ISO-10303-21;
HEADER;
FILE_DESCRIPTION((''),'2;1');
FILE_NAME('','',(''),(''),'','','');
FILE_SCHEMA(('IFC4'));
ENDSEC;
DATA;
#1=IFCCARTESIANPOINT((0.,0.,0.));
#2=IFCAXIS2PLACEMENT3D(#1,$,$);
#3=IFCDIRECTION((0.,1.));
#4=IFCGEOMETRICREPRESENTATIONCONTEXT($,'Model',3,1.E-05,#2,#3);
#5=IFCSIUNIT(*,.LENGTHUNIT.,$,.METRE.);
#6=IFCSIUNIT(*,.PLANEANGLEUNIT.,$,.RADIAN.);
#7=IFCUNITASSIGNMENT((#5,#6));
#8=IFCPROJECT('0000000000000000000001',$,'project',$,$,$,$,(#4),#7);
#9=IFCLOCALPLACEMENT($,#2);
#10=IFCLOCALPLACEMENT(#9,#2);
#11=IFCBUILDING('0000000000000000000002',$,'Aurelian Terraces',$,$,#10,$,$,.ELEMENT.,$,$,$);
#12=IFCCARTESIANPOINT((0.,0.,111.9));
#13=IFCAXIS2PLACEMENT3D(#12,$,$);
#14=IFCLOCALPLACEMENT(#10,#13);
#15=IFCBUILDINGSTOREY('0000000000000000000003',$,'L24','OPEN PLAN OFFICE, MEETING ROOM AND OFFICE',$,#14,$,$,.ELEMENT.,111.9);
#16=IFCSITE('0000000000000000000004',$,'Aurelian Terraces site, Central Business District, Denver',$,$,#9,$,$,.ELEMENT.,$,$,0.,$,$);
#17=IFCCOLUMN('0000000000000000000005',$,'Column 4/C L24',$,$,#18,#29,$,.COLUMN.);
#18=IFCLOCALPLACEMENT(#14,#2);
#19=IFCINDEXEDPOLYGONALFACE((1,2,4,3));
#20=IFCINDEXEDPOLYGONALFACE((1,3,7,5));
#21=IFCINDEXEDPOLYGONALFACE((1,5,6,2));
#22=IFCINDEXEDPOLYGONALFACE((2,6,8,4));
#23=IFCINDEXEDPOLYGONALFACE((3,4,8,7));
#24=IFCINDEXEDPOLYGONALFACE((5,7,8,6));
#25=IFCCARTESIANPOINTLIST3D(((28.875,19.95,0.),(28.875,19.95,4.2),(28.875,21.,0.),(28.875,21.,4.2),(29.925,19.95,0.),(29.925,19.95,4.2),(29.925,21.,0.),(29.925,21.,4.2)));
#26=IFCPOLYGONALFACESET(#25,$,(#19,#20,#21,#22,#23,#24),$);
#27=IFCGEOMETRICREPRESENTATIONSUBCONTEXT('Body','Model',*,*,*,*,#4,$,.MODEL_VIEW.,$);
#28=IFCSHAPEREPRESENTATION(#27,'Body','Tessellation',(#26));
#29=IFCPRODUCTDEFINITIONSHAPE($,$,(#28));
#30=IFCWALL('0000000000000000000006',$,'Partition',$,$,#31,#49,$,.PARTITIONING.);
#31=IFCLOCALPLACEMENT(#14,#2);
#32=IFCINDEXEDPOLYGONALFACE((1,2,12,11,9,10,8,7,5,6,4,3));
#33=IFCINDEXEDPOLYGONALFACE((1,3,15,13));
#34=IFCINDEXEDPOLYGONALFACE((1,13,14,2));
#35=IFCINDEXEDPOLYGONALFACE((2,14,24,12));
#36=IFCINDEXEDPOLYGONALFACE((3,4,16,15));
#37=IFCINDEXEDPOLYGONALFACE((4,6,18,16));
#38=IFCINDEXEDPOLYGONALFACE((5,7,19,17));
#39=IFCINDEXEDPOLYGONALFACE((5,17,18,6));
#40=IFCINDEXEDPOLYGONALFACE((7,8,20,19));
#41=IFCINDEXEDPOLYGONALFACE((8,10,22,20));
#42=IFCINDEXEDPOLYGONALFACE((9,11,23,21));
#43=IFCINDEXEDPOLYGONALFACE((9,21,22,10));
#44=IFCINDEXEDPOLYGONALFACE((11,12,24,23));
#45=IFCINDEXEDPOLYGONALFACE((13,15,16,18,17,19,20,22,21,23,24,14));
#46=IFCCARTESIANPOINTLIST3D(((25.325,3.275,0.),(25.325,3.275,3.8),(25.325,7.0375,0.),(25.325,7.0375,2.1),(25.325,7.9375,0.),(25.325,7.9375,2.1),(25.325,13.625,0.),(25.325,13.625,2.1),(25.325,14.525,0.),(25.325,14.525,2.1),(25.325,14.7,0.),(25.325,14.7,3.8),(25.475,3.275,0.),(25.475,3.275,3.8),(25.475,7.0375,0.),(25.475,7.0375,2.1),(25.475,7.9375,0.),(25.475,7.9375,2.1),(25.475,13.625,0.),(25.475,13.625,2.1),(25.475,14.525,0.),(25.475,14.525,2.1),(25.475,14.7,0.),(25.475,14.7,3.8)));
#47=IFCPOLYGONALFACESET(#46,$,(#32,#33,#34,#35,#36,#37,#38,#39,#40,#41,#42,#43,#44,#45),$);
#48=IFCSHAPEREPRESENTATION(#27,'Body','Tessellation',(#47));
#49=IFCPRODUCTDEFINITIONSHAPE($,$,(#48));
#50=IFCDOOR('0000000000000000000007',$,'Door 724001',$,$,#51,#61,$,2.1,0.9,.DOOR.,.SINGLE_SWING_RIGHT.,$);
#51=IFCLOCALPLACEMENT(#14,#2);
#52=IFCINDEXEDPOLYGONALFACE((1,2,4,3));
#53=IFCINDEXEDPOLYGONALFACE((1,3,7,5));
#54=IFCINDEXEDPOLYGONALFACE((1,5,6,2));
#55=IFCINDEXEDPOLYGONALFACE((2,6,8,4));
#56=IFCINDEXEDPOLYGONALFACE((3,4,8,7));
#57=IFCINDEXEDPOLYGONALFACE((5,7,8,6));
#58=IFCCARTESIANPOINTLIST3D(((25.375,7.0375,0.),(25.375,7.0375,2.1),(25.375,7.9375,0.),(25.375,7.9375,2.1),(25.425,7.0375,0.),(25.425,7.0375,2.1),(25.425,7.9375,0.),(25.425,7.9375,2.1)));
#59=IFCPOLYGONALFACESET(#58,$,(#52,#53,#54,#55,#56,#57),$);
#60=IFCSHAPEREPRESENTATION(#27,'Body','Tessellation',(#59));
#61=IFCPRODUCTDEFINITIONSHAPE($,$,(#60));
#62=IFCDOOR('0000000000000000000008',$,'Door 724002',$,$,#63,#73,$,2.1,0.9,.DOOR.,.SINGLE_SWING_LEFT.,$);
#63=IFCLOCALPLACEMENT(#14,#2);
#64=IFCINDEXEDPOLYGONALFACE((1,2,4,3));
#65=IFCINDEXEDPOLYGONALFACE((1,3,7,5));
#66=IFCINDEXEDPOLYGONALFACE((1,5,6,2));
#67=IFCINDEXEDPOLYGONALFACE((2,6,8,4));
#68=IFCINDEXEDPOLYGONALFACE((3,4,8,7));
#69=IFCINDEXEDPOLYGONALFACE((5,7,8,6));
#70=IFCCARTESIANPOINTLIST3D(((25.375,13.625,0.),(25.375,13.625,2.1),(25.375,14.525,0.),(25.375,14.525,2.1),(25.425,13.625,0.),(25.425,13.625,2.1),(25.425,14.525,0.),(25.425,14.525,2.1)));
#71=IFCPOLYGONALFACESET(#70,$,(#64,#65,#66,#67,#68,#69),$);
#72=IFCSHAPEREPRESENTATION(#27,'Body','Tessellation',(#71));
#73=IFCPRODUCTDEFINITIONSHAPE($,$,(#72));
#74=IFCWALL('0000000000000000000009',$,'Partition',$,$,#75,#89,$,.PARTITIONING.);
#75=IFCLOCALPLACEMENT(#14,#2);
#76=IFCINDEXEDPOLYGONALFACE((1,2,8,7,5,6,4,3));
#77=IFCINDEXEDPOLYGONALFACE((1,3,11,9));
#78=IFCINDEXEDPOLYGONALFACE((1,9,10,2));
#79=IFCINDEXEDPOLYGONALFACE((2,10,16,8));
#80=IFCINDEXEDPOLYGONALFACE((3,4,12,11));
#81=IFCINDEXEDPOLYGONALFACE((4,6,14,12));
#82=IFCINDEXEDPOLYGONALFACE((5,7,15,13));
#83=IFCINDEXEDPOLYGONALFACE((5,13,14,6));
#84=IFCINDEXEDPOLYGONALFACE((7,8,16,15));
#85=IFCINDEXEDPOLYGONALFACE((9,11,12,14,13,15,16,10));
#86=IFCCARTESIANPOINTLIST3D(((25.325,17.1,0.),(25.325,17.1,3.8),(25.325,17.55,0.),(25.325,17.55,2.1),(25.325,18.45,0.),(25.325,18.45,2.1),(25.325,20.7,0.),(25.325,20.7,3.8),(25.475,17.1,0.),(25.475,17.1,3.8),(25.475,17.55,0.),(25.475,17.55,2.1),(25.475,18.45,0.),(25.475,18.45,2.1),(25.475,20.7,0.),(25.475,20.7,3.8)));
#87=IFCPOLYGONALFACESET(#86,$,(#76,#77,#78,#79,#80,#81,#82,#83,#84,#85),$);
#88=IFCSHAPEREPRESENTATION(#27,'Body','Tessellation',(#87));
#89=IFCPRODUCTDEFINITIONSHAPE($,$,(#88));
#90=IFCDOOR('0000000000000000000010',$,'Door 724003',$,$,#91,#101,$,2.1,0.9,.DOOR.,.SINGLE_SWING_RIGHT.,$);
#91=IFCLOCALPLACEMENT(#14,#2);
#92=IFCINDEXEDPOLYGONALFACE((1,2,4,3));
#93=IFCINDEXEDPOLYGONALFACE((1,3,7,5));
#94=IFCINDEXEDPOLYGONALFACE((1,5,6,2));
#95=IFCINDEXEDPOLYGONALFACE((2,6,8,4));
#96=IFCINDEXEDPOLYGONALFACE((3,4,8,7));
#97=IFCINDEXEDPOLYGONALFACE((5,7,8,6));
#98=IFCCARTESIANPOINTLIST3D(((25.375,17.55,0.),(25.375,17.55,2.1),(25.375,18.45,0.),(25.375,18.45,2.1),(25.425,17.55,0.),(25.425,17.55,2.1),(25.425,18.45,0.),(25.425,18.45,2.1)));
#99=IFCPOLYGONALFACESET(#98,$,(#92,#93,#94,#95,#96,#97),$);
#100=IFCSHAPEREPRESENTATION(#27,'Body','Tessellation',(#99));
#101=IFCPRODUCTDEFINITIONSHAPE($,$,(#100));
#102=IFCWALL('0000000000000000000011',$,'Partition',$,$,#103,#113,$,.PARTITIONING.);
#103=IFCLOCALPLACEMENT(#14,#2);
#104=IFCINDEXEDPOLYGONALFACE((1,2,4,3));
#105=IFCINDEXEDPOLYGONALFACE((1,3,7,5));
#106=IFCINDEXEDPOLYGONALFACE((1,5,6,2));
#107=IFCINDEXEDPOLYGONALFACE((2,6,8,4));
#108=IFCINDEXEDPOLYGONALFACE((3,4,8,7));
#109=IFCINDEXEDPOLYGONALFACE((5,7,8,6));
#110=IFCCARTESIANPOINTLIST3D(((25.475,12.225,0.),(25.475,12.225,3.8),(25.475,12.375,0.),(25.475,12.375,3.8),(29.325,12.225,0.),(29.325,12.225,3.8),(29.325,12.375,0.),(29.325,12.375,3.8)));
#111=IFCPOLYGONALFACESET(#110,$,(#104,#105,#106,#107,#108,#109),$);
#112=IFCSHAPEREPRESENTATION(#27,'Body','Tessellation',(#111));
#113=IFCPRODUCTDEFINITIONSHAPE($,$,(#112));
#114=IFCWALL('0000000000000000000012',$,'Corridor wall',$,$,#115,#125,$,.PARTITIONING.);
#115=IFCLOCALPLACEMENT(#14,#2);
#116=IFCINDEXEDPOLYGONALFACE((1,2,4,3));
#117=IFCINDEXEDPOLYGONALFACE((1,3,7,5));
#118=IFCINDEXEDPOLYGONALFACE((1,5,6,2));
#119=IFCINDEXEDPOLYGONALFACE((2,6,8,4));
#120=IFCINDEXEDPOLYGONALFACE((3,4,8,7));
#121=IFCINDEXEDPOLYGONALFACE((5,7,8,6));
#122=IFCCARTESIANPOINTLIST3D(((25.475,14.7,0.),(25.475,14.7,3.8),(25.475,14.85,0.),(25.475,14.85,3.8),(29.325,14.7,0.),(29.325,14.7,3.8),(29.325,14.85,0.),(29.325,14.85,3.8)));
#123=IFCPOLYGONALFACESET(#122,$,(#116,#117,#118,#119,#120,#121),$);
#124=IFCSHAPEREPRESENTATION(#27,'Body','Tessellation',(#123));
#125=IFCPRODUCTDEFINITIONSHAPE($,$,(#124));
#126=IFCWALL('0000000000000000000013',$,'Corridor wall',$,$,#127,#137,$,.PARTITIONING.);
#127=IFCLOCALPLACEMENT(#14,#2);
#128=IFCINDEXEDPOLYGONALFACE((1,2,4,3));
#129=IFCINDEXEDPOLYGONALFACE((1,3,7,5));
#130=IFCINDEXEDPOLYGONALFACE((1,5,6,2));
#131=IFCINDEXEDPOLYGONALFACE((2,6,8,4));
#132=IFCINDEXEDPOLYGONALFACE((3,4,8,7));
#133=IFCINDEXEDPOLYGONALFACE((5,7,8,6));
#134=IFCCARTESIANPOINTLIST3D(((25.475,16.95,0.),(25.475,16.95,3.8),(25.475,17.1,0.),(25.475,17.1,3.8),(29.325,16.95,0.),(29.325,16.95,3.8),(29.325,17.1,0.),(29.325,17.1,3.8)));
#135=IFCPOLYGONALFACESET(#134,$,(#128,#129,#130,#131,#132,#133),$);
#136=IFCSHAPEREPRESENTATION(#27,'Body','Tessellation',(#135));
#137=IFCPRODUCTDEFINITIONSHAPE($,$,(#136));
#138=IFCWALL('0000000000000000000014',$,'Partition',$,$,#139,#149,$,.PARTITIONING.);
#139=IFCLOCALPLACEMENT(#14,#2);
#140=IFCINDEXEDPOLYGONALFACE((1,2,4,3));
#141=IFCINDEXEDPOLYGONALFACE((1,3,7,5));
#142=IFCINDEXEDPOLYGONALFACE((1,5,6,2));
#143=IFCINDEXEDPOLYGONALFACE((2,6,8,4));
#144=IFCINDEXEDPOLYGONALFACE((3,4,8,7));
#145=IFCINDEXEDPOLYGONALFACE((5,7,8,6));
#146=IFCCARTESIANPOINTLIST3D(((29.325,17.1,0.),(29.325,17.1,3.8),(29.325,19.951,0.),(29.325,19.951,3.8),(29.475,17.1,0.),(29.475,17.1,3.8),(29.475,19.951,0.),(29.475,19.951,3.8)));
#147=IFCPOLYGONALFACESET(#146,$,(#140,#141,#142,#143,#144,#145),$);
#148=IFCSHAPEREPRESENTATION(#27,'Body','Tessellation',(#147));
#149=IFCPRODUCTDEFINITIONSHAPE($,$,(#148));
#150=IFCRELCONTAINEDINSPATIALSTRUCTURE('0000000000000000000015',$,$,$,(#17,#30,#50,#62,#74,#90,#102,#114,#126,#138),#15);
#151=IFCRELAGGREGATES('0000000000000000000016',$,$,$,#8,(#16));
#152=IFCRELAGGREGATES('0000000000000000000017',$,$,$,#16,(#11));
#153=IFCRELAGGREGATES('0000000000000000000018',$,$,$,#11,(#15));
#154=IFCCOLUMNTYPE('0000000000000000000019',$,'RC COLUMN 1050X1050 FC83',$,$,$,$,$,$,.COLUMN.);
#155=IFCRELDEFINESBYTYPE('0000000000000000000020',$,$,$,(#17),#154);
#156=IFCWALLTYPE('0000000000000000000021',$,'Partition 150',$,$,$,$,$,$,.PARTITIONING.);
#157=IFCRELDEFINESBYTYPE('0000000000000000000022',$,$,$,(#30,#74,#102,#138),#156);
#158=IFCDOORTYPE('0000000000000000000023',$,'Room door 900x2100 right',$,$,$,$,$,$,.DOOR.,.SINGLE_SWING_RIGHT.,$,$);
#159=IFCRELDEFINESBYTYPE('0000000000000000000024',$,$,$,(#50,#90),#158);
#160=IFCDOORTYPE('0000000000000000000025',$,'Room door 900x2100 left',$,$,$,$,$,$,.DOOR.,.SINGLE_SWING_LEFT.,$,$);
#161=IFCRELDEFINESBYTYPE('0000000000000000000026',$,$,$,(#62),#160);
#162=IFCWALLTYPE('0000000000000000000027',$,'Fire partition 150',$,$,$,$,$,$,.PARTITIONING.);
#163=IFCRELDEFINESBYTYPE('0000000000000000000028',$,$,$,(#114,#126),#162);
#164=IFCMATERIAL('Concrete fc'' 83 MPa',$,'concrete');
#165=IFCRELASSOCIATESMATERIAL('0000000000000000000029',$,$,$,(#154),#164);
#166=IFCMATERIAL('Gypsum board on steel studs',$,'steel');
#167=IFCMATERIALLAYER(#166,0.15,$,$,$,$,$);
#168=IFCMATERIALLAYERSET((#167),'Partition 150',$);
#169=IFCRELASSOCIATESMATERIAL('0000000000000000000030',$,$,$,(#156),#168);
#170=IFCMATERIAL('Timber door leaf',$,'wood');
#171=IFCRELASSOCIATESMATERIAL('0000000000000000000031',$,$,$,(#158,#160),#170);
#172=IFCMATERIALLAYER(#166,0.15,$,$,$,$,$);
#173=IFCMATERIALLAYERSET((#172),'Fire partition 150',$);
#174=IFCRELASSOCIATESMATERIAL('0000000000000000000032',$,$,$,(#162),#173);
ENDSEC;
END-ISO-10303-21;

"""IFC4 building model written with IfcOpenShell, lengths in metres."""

from ifc_helpers import new_model, si_unit, direction, frame, frame_2d, origin, origin_2d, place, context, subcontext, project, spatial, rectangle, extrude, source, transform, mapped, material, layer, layer_set, material_profile, profile_set, type_object, element, fill, save


model = new_model("IFC4")

# Units and contexts
model_context = context("Model", 3, precision=1e-05, world=origin(), true_north=direction((0.0, 1.0)))
body_context = subcontext(model_context, "Body", "Model", "MODEL_VIEW")
ifc_project = project(units=[si_unit("LENGTHUNIT", "METRE"), si_unit("PLANEANGLEUNIT", "RADIAN")], contexts=[model_context])

# Site, building, storey
site_placement = place(None, origin())
site = spatial("IfcSite", under=ifc_project, at=site_placement, Name="Aurelian Terraces site, Central Business District, Denver", CompositionType="ELEMENT", RefElevation=0.0)
building_placement = place(site_placement, origin())
building = spatial("IfcBuilding", under=site, at=building_placement, Name="Aurelian Terraces", CompositionType="ELEMENT")
storey_placement = place(building_placement, frame((0.0, 0.0, 111.9)))
storey = spatial("IfcBuildingStorey", under=building, at=storey_placement, Name="L24", Description="OPEN PLAN OFFICE, MEETING ROOM AND OFFICE", CompositionType="ELEMENT", Elevation=111.9)

# Column
ifc_material_1 = material(Name="Concrete fc' 83 MPa", Category="concrete")
ifc_material_profile = material_profile(ifc_material_1, rectangle(XDim=1.05, YDim=1.05, at=origin_2d()))
ifc_profile_set = profile_set([ifc_material_profile], Name="Concrete fc' 83 MPa")
column_type = type_object("IfcColumnType", Name="RC COLUMN 1050X1050 FC83", PredefinedType="COLUMN", material=ifc_profile_set)
shared_shape_1 = source(origin(), body_context, "Body", "SweptSolid", [
    extrude(rectangle(XDim=1.05, YDim=1.05, at=origin_2d()), origin(), (0.0, 0.0, 1.0), 4.2),
])
column_placement = place(storey_placement, frame((29.4, 20.475, 0.0), z_axis=(0.0, 0.0, 1.0), x_axis=(1.0, 0.0, 0.0)))
element("IfcColumn", 1, at=column_placement, inside=storey, type_object=column_type, Name="Column 4/C L24", PredefinedType="COLUMN", context=body_context, shape_type="MappedRepresentation", body=[
    mapped(shared_shape_1, transform((0.0, 0.0, 0.0), scale=1.0)),
])

# Wall, openings, doors
ifc_material_2 = material(Name="Gypsum board on steel studs", Category="steel")
ifc_layer_1 = layer(ifc_material_2, 0.15)
ifc_layer_set_1 = layer_set([ifc_layer_1], Name="Partition 150")
wall_type_1 = type_object("IfcWallType", Name="Partition 150", PredefinedType="PARTITIONING", material=ifc_layer_set_1)
wall_1_placement = place(storey_placement, frame((25.4, 14.7, 0.0), z_axis=(0.0, 0.0, 1.0), x_axis=(0.0, -1.0, 0.0)))
wall_1 = element("IfcWall", 2, at=wall_1_placement, inside=storey, type_object=wall_type_1, Name="Partition", PredefinedType="PARTITIONING", context=body_context, shape_type="SweptSolid", body=[
    extrude(rectangle(XDim=11.425, YDim=0.15, at=frame_2d((5.7125, 0.0))), origin(), (0.0, 0.0, 1.0), 3.8),
])
shared_shape_2 = source(origin(), body_context, "Body", "SweptSolid", [
    extrude(rectangle(XDim=0.9, YDim=2.1, at=frame_2d((0.45, 1.05))), frame((0.0, 0.085, 0.0), z_axis=(0.0, -1.0, 0.0), x_axis=(1.0, 0.0, 0.0)), (0.0, 0.0, 1.0), 0.17),
])
opening_1_placement = place(wall_1_placement, frame((6.7625, 0.0, 0.0)))
opening_1 = element("IfcOpeningElement", 3, at=opening_1_placement, cuts=wall_1, PredefinedType="OPENING", context=body_context, shape_type="MappedRepresentation", body=[
    mapped(shared_shape_2, transform((0.0, 0.0, 0.0), scale=1.0)),
])
opening_2_placement = place(wall_1_placement, frame((0.175, 0.0, 0.0)))
opening_2 = element("IfcOpeningElement", 4, at=opening_2_placement, cuts=wall_1, PredefinedType="OPENING", context=body_context, shape_type="MappedRepresentation", body=[
    mapped(shared_shape_2, transform((0.0, 0.0, 0.0), scale=1.0)),
])
ifc_material_3 = material(Name="Timber door leaf", Category="wood")
door_type_1 = type_object("IfcDoorType", Name="Room door 900x2100 right", OperationType="SINGLE_SWING_RIGHT", PredefinedType="DOOR", material=ifc_material_3)
shared_shape_3 = source(origin(), body_context, "Body", "SweptSolid", [
    extrude(rectangle(XDim=0.9, YDim=2.1, at=frame_2d((0.45, 1.05))), frame((0.0, 0.025, 0.0), z_axis=(0.0, -1.0, 0.0), x_axis=(1.0, 0.0, 0.0)), (0.0, 0.0, 1.0), 0.05),
])
door_1_placement = place(opening_1_placement, origin())
door_1 = element("IfcDoor", 5, at=door_1_placement, inside=storey, type_object=door_type_1, Name="Door 724001", OperationType="SINGLE_SWING_RIGHT", OverallHeight=2.1, OverallWidth=0.9, PredefinedType="DOOR", context=body_context, shape_type="MappedRepresentation", body=[
    mapped(shared_shape_3, transform((0.0, 0.0, 0.0), scale=1.0)),
])
fill(opening_1, door_1)
door_type_2 = type_object("IfcDoorType", Name="Room door 900x2100 left", OperationType="SINGLE_SWING_LEFT", PredefinedType="DOOR", material=ifc_material_3)
door_2_placement = place(opening_2_placement, origin())
door_2 = element("IfcDoor", 6, at=door_2_placement, inside=storey, type_object=door_type_2, Name="Door 724002", OperationType="SINGLE_SWING_LEFT", OverallHeight=2.1, OverallWidth=0.9, PredefinedType="DOOR", context=body_context, shape_type="MappedRepresentation", body=[
    mapped(shared_shape_3, transform((0.0, 0.0, 0.0), scale=1.0)),
])
fill(opening_2, door_2)

# Wall, opening, door
shared_shape_4 = source(origin(), body_context, "Body", "SweptSolid", [
    extrude(rectangle(XDim=3.6, YDim=0.15, at=frame_2d((1.8, 0.0))), origin(), (0.0, 0.0, 1.0), 3.8),
])
wall_2_placement = place(storey_placement, frame((25.4, 20.7, 0.0), z_axis=(0.0, 0.0, 1.0), x_axis=(0.0, -1.0, 0.0)))
wall_2 = element("IfcWall", 7, at=wall_2_placement, inside=storey, type_object=wall_type_1, Name="Partition", PredefinedType="PARTITIONING", context=body_context, shape_type="MappedRepresentation", body=[
    mapped(shared_shape_4, transform((0.0, 0.0, 0.0), scale=1.0)),
])
opening_3_placement = place(wall_2_placement, frame((2.25, 0.0, 0.0)))
opening_3 = element("IfcOpeningElement", 8, at=opening_3_placement, cuts=wall_2, PredefinedType="OPENING", context=body_context, shape_type="MappedRepresentation", body=[
    mapped(shared_shape_2, transform((0.0, 0.0, 0.0), scale=1.0)),
])
door_3_placement = place(opening_3_placement, origin())
door_3 = element("IfcDoor", 9, at=door_3_placement, inside=storey, type_object=door_type_1, Name="Door 724003", OperationType="SINGLE_SWING_RIGHT", OverallHeight=2.1, OverallWidth=0.9, PredefinedType="DOOR", context=body_context, shape_type="MappedRepresentation", body=[
    mapped(shared_shape_3, transform((0.0, 0.0, 0.0), scale=1.0)),
])
fill(opening_3, door_3)

# Shared definitions
ifc_layer_2 = layer(ifc_material_2, 0.15)
ifc_layer_set_2 = layer_set([ifc_layer_2], Name="Fire partition 150")
wall_type_2 = type_object("IfcWallType", Name="Fire partition 150", PredefinedType="PARTITIONING", material=ifc_layer_set_2)

# Walls
shared_shape_5 = source(origin(), body_context, "Body", "SweptSolid", [
    extrude(rectangle(XDim=3.85, YDim=0.15, at=frame_2d((1.925, 0.0))), origin(), (0.0, 0.0, 1.0), 3.8),
])
wall_3_placement = place(storey_placement, frame((29.325, 12.3, 0.0), z_axis=(0.0, 0.0, 1.0), x_axis=(-1.0, 0.0, 0.0)))
element("IfcWall", 10, at=wall_3_placement, inside=storey, type_object=wall_type_1, Name="Partition", PredefinedType="PARTITIONING", context=body_context, shape_type="MappedRepresentation", body=[
    mapped(shared_shape_5, transform((0.0, 0.0, 0.0), scale=1.0)),
])
for number, where, z_axis, x_axis, name in (
    (11, (29.325, 14.775, 0.0), (0.0, 0.0, 1.0), (-1.0, 0.0, 0.0), "Corridor wall"),
    (12, (25.475, 17.025, 0.0), (0.0, 0.0, 1.0), (1.0, 0.0, 0.0), "Corridor wall"),
):
    element("IfcWall", number, at=place(storey_placement, frame(where, z_axis=z_axis, x_axis=x_axis)), inside=storey, type_object=wall_type_2, Name=name, PredefinedType="PARTITIONING", context=body_context, shape_type="MappedRepresentation", body=[
        mapped(shared_shape_5, transform((0.0, 0.0, 0.0), scale=1.0)),
    ])
shared_shape_6 = source(origin(), body_context, "Body", "SweptSolid", [
    extrude(rectangle(XDim=2.851, YDim=0.15, at=frame_2d((1.4255, 0.0))), origin(), (0.0, 0.0, 1.0), 3.8),
])
wall_4_placement = place(storey_placement, frame((29.4, 17.1, 0.0), z_axis=(0.0, 0.0, 1.0), x_axis=(0.0, 1.0, 0.0)))
element("IfcWall", 13, at=wall_4_placement, inside=storey, type_object=wall_type_1, Name="Partition", PredefinedType="PARTITIONING", context=body_context, shape_type="MappedRepresentation", body=[
    mapped(shared_shape_6, transform((0.0, 0.0, 0.0), scale=1.0)),
])

save(model, "model.ifc")
